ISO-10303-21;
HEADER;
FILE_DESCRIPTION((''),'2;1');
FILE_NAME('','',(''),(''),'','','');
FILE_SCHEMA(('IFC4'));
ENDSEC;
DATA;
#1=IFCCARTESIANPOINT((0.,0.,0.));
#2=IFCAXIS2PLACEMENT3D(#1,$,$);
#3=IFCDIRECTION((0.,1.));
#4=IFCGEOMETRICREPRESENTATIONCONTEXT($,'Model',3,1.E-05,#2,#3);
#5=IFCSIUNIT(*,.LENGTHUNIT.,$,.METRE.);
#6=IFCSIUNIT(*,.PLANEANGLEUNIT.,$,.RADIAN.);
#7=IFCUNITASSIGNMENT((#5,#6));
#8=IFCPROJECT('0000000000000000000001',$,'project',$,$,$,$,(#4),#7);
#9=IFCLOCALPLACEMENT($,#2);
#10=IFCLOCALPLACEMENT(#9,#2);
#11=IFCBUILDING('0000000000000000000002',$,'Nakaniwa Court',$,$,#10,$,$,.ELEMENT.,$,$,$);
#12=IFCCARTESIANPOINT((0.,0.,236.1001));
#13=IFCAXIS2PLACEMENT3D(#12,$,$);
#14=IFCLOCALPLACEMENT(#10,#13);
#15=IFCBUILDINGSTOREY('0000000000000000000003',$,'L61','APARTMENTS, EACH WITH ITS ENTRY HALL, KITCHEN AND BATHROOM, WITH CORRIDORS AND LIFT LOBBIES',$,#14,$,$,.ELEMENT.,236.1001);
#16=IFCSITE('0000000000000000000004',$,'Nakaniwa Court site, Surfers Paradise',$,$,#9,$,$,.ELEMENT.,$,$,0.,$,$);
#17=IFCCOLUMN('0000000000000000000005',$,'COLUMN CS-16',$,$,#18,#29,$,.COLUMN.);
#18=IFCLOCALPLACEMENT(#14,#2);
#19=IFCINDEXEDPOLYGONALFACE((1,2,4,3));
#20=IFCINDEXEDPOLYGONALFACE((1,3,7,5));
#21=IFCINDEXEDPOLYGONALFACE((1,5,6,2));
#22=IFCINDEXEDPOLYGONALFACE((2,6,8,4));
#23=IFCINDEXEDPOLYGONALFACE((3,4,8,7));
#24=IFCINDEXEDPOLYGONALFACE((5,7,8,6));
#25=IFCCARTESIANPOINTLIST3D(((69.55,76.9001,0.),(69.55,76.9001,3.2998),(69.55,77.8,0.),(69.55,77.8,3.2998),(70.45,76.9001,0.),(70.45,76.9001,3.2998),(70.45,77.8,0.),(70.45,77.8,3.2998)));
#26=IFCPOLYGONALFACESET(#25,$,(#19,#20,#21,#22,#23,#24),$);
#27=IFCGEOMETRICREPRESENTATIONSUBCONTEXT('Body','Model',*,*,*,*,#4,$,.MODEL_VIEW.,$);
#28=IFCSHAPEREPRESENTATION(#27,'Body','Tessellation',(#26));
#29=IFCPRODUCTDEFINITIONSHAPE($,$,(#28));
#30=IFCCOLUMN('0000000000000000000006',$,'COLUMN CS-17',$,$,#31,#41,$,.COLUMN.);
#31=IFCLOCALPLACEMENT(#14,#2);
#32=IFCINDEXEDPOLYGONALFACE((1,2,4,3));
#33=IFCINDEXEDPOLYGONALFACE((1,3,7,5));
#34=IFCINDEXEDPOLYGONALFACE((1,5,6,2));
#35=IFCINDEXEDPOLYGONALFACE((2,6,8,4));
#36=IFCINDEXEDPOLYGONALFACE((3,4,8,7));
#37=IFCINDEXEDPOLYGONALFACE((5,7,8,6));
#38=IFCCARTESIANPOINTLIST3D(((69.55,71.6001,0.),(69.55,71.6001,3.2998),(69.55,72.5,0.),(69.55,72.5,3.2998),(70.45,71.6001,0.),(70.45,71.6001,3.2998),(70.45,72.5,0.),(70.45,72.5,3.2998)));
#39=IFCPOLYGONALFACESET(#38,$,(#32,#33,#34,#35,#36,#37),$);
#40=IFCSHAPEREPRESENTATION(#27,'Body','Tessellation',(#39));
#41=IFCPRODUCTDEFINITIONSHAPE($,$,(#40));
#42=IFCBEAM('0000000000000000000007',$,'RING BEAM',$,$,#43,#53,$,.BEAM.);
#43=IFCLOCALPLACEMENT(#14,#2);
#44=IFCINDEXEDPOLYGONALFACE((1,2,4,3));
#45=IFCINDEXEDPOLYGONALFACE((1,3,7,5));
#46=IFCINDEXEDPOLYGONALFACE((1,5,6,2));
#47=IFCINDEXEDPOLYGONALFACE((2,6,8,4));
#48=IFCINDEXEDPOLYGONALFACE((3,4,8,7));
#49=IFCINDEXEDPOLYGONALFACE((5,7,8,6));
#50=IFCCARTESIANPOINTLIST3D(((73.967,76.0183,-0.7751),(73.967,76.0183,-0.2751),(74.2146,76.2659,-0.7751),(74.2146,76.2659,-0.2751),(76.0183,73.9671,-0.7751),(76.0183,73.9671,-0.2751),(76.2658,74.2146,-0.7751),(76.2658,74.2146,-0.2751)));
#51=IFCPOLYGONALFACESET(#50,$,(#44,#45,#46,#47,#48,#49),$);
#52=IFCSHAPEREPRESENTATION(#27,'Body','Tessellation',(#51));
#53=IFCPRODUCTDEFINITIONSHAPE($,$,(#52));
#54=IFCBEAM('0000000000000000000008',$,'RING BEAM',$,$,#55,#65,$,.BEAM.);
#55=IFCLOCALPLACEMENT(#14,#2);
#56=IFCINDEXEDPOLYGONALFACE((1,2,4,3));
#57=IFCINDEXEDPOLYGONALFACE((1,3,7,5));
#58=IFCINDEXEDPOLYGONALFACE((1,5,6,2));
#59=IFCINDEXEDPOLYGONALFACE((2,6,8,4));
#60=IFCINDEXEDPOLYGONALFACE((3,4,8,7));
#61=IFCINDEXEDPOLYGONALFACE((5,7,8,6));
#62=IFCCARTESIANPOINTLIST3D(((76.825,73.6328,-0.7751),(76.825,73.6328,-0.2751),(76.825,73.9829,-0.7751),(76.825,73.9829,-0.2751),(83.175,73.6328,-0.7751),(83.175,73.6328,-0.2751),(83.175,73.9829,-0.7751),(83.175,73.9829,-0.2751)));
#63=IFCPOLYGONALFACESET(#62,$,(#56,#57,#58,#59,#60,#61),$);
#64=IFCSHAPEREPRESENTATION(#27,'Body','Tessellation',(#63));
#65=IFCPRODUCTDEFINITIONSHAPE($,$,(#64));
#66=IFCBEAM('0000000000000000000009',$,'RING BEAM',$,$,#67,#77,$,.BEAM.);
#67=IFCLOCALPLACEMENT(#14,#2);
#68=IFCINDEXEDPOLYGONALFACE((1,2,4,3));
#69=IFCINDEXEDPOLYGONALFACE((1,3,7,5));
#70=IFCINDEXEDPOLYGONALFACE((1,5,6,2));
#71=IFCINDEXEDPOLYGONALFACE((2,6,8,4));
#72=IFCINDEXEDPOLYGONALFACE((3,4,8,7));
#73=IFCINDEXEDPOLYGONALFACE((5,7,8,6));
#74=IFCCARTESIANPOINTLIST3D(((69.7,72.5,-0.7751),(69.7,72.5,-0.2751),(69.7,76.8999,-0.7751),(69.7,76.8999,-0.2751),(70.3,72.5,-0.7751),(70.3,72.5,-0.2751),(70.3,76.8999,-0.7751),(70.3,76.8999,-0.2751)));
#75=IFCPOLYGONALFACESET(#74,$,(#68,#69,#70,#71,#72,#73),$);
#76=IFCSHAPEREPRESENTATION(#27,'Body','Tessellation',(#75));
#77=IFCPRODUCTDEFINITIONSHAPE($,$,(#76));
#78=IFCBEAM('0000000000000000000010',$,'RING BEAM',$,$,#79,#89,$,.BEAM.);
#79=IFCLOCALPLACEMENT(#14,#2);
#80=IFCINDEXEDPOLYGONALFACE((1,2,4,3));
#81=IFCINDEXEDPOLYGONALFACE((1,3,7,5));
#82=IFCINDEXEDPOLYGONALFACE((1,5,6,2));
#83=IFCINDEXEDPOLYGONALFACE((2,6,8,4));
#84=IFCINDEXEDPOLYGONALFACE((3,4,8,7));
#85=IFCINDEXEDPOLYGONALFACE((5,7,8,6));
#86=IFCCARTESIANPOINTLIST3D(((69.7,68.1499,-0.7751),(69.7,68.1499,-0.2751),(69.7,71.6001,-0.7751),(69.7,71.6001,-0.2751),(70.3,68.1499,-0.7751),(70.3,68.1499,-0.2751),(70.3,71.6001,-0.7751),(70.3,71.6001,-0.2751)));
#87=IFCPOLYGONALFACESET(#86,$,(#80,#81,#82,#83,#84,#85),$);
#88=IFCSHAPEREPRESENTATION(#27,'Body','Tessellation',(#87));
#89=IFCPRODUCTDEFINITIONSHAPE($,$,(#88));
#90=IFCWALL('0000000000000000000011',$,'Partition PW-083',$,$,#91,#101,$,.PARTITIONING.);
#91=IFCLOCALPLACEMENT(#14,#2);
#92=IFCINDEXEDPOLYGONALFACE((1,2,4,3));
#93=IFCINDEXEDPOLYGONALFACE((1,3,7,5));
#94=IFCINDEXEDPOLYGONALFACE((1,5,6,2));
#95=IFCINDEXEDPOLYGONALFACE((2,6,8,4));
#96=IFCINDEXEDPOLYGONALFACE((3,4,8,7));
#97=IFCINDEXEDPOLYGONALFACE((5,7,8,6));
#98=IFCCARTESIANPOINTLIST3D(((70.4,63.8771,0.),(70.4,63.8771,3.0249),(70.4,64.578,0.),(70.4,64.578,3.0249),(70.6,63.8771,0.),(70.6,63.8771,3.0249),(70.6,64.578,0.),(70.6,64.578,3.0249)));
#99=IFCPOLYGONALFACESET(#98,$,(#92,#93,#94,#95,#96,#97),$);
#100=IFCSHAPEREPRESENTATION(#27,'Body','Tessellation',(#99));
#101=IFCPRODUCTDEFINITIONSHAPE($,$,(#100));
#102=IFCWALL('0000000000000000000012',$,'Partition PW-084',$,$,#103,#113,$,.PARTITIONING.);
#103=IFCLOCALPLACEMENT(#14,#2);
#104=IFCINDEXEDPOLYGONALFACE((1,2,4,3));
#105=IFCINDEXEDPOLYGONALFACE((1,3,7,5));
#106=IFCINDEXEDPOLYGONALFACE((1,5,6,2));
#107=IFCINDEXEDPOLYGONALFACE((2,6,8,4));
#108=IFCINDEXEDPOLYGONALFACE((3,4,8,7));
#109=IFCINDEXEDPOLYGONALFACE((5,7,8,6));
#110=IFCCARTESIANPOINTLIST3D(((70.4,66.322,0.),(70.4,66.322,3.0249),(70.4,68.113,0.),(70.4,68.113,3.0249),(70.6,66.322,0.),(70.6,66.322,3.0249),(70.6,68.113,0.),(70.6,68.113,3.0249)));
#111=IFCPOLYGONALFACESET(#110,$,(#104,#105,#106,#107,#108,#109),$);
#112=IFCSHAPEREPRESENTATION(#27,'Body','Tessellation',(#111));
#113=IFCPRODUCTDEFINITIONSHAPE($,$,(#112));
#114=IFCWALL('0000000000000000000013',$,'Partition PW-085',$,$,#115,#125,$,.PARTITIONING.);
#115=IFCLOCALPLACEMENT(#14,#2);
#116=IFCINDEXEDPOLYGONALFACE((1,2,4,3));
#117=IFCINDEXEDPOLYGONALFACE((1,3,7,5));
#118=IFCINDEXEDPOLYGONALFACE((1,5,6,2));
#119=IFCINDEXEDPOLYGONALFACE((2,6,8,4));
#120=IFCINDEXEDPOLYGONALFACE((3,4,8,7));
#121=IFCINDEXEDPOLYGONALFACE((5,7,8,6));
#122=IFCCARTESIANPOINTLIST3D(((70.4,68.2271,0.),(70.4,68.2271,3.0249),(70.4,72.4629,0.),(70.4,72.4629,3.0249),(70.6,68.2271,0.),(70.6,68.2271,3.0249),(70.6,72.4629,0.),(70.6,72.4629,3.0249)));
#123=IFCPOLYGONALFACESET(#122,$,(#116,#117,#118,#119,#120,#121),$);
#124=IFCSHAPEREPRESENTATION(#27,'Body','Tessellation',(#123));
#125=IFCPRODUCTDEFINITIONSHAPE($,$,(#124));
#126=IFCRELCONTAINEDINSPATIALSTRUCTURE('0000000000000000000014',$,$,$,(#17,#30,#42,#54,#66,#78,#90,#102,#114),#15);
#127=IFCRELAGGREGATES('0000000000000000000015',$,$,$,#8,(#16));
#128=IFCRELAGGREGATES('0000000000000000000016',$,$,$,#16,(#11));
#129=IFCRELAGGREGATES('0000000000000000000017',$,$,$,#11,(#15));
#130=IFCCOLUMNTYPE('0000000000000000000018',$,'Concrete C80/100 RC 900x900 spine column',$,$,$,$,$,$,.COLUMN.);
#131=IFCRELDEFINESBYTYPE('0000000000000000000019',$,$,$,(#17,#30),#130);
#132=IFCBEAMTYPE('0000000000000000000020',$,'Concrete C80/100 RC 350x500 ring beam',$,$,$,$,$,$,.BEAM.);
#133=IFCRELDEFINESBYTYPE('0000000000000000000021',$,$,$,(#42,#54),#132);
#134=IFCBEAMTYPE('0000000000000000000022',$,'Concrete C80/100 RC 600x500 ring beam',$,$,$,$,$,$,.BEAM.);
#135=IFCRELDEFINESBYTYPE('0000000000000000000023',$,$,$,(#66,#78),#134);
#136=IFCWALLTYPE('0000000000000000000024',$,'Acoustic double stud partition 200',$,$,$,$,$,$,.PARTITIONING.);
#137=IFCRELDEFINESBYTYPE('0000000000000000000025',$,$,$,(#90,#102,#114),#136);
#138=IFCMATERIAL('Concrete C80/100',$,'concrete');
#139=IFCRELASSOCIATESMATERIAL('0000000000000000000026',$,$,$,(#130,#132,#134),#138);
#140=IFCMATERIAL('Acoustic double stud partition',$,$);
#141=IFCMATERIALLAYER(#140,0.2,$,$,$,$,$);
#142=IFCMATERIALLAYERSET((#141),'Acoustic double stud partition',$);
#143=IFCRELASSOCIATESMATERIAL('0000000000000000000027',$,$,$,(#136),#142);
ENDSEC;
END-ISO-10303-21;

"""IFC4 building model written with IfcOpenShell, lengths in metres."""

from ifc_helpers import new_model, si_unit, direction, frame, frame_2d, origin, origin_2d, place, context, subcontext, project, spatial, rectangle, extrude, material, layer, layer_set, material_profile, profile_set, type_object, element, save


model = new_model("IFC4")

# Units and contexts
model_context = context("Model", 3, precision=1e-05, world=origin(), true_north=direction((0.0, 1.0)))
body_context = subcontext(model_context, "Body", "Model", "MODEL_VIEW")
ifc_project = project(units=[si_unit("LENGTHUNIT", "METRE"), si_unit("PLANEANGLEUNIT", "RADIAN")], contexts=[model_context])

# Site, building, storey
site_placement = place(None, origin())
site = spatial("IfcSite", under=ifc_project, at=site_placement, Name="Nakaniwa Court site, Surfers Paradise", CompositionType="ELEMENT", RefElevation=0.0)
building_placement = place(site_placement, origin())
building = spatial("IfcBuilding", under=site, at=building_placement, Name="Nakaniwa Court", CompositionType="ELEMENT")
storey_placement = place(building_placement, frame((0.0, 0.0, 236.1001)))
storey = spatial("IfcBuildingStorey", under=building, at=storey_placement, Name="L61", Description="APARTMENTS, EACH WITH ITS ENTRY HALL, KITCHEN AND BATHROOM, WITH CORRIDORS AND LIFT LOBBIES", CompositionType="ELEMENT", Elevation=236.1001)

# Columns
ifc_material_1 = material(Name="Concrete C80/100", Category="concrete")
ifc_material_profile_1 = material_profile(ifc_material_1, rectangle(XDim=0.8999, YDim=0.8999, at=origin_2d()), Name="Concrete C80/100 RC 900x900 spine column")
ifc_profile_set_1 = profile_set([ifc_material_profile_1], Name="Concrete C80/100")
column_type_1 = type_object("IfcColumnType", Name="Concrete C80/100 RC 900x900 spine column", PredefinedType="COLUMN", material=ifc_profile_set_1)
for number, where, z_axis, x_axis, name in (
    (1, (70.0, 77.3501, 0.0), (0.0, 0.0, 1.0), (0.0, -1.0, 0.0), "COLUMN CS-16"),
    (2, (70.0, 72.05, 0.0), (0.0, 0.0, 1.0), (0.0, -1.0, 0.0), "COLUMN CS-17"),
):
    element("IfcColumn", number, at=place(storey_placement, frame(where, z_axis=z_axis, x_axis=x_axis)), inside=storey, type_object=column_type_1, Name=name, PredefinedType="COLUMN", context=body_context, shape_type="SweptSolid", body=[
        extrude(rectangle(XDim=0.8999, YDim=0.8999, at=origin_2d()), origin(), (0.0, 0.0, 1.0), 3.2998),
    ])

# Beams
ifc_material_profile_2 = material_profile(ifc_material_1, rectangle(XDim=0.3501, YDim=0.5, at=origin_2d()), Name="Concrete C80/100 RC 350x500 ring beam")
ifc_profile_set_2 = profile_set([ifc_material_profile_2], Name="Concrete C80/100")
beam_type_1 = type_object("IfcBeamType", Name="Concrete C80/100 RC 350x500 ring beam", PredefinedType="BEAM", material=ifc_profile_set_2)
beam_1_placement = place(storey_placement, frame((74.0908, 76.1421, -0.5251), z_axis=(0.707107, -0.707107, 0.0), x_axis=(0.707107, 0.707107, 0.0)))
element("IfcBeam", 3, at=beam_1_placement, inside=storey, type_object=beam_type_1, Name="RING BEAM", PredefinedType="BEAM", context=body_context, shape_type="SweptSolid", body=[
    extrude(rectangle(XDim=0.3501, YDim=0.5, at=origin_2d()), origin(), (0.0, 0.0, 1.0), 2.9009),
])
beam_2_placement = place(storey_placement, frame((76.825, 73.8079, -0.5251), z_axis=(1.0, 0.0, 0.0), x_axis=(0.0, 1.0, 0.0)))
element("IfcBeam", 4, at=beam_2_placement, inside=storey, type_object=beam_type_1, Name="RING BEAM", PredefinedType="BEAM", context=body_context, shape_type="SweptSolid", body=[
    extrude(rectangle(XDim=0.3501, YDim=0.5, at=origin_2d()), origin(), (0.0, 0.0, 1.0), 6.3501),
])
ifc_material_profile_3 = material_profile(ifc_material_1, rectangle(XDim=0.6001, YDim=0.5, at=origin_2d()), Name="Concrete C80/100 RC 600x500 ring beam")
ifc_profile_set_3 = profile_set([ifc_material_profile_3], Name="Concrete C80/100")
beam_type_2 = type_object("IfcBeamType", Name="Concrete C80/100 RC 600x500 ring beam", PredefinedType="BEAM", material=ifc_profile_set_3)
beam_3_placement = place(storey_placement, frame((70.0, 76.8999, -0.5251), z_axis=(0.0, -1.0, 0.0), x_axis=(1.0, 0.0, 0.0)))
element("IfcBeam", 5, at=beam_3_placement, inside=storey, type_object=beam_type_2, Name="RING BEAM", PredefinedType="BEAM", context=body_context, shape_type="SweptSolid", body=[
    extrude(rectangle(XDim=0.6001, YDim=0.5, at=origin_2d()), origin(), (0.0, 0.0, 1.0), 4.3999),
])
beam_4_placement = place(storey_placement, frame((70.0, 71.6001, -0.5251), z_axis=(0.0, -1.0, 0.0), x_axis=(1.0, 0.0, 0.0)))
element("IfcBeam", 6, at=beam_4_placement, inside=storey, type_object=beam_type_2, Name="RING BEAM", PredefinedType="BEAM", context=body_context, shape_type="SweptSolid", body=[
    extrude(rectangle(XDim=0.6001, YDim=0.5, at=origin_2d()), origin(), (0.0, 0.0, 1.0), 3.4502),
])

# Walls
ifc_material_2 = material(Name="Acoustic double stud partition")
ifc_layer_1 = layer(ifc_material_2, 0.2)
ifc_layer_set_1 = layer_set([ifc_layer_1], Name="Acoustic double stud partition")
wall_type_1 = type_object("IfcWallType", Name="Acoustic double stud partition 200", PredefinedType="PARTITIONING", material=ifc_layer_set_1)
wall_1_placement = place(storey_placement, frame((70.5, 63.877, 0.0), z_axis=(0.0, 0.0, 1.0), x_axis=(0.0, 1.0, 0.0)))
element("IfcWall", 7, at=wall_1_placement, inside=storey, type_object=wall_type_1, Name="Partition PW-083", PredefinedType="PARTITIONING", context=body_context, shape_type="SweptSolid", body=[
    extrude(rectangle(XDim=0.7009, YDim=0.2, at=frame_2d((0.3506, 0.0))), origin(), (0.0, 0.0, 1.0), 3.0249),
])
wall_2_placement = place(storey_placement, frame((70.5, 66.322, 0.0), z_axis=(0.0, 0.0, 1.0), x_axis=(0.0, 1.0, 0.0)))
element("IfcWall", 8, at=wall_2_placement, inside=storey, type_object=wall_type_1, Name="Partition PW-084", PredefinedType="PARTITIONING", context=body_context, shape_type="SweptSolid", body=[
    extrude(rectangle(XDim=1.791, YDim=0.2, at=frame_2d((0.8955, 0.0))), origin(), (0.0, 0.0, 1.0), 3.0249),
])
wall_3_placement = place(storey_placement, frame((70.5, 68.2271, 0.0), z_axis=(0.0, 0.0, 1.0), x_axis=(0.0, 1.0, 0.0)))
element("IfcWall", 9, at=wall_3_placement, inside=storey, type_object=wall_type_1, Name="Partition PW-085", PredefinedType="PARTITIONING", context=body_context, shape_type="SweptSolid", body=[
    extrude(rectangle(XDim=4.2358, YDim=0.2, at=frame_2d((2.1179, 0.0))), origin(), (0.0, 0.0, 1.0), 3.0249),
])

save(model, "model.ifc")
